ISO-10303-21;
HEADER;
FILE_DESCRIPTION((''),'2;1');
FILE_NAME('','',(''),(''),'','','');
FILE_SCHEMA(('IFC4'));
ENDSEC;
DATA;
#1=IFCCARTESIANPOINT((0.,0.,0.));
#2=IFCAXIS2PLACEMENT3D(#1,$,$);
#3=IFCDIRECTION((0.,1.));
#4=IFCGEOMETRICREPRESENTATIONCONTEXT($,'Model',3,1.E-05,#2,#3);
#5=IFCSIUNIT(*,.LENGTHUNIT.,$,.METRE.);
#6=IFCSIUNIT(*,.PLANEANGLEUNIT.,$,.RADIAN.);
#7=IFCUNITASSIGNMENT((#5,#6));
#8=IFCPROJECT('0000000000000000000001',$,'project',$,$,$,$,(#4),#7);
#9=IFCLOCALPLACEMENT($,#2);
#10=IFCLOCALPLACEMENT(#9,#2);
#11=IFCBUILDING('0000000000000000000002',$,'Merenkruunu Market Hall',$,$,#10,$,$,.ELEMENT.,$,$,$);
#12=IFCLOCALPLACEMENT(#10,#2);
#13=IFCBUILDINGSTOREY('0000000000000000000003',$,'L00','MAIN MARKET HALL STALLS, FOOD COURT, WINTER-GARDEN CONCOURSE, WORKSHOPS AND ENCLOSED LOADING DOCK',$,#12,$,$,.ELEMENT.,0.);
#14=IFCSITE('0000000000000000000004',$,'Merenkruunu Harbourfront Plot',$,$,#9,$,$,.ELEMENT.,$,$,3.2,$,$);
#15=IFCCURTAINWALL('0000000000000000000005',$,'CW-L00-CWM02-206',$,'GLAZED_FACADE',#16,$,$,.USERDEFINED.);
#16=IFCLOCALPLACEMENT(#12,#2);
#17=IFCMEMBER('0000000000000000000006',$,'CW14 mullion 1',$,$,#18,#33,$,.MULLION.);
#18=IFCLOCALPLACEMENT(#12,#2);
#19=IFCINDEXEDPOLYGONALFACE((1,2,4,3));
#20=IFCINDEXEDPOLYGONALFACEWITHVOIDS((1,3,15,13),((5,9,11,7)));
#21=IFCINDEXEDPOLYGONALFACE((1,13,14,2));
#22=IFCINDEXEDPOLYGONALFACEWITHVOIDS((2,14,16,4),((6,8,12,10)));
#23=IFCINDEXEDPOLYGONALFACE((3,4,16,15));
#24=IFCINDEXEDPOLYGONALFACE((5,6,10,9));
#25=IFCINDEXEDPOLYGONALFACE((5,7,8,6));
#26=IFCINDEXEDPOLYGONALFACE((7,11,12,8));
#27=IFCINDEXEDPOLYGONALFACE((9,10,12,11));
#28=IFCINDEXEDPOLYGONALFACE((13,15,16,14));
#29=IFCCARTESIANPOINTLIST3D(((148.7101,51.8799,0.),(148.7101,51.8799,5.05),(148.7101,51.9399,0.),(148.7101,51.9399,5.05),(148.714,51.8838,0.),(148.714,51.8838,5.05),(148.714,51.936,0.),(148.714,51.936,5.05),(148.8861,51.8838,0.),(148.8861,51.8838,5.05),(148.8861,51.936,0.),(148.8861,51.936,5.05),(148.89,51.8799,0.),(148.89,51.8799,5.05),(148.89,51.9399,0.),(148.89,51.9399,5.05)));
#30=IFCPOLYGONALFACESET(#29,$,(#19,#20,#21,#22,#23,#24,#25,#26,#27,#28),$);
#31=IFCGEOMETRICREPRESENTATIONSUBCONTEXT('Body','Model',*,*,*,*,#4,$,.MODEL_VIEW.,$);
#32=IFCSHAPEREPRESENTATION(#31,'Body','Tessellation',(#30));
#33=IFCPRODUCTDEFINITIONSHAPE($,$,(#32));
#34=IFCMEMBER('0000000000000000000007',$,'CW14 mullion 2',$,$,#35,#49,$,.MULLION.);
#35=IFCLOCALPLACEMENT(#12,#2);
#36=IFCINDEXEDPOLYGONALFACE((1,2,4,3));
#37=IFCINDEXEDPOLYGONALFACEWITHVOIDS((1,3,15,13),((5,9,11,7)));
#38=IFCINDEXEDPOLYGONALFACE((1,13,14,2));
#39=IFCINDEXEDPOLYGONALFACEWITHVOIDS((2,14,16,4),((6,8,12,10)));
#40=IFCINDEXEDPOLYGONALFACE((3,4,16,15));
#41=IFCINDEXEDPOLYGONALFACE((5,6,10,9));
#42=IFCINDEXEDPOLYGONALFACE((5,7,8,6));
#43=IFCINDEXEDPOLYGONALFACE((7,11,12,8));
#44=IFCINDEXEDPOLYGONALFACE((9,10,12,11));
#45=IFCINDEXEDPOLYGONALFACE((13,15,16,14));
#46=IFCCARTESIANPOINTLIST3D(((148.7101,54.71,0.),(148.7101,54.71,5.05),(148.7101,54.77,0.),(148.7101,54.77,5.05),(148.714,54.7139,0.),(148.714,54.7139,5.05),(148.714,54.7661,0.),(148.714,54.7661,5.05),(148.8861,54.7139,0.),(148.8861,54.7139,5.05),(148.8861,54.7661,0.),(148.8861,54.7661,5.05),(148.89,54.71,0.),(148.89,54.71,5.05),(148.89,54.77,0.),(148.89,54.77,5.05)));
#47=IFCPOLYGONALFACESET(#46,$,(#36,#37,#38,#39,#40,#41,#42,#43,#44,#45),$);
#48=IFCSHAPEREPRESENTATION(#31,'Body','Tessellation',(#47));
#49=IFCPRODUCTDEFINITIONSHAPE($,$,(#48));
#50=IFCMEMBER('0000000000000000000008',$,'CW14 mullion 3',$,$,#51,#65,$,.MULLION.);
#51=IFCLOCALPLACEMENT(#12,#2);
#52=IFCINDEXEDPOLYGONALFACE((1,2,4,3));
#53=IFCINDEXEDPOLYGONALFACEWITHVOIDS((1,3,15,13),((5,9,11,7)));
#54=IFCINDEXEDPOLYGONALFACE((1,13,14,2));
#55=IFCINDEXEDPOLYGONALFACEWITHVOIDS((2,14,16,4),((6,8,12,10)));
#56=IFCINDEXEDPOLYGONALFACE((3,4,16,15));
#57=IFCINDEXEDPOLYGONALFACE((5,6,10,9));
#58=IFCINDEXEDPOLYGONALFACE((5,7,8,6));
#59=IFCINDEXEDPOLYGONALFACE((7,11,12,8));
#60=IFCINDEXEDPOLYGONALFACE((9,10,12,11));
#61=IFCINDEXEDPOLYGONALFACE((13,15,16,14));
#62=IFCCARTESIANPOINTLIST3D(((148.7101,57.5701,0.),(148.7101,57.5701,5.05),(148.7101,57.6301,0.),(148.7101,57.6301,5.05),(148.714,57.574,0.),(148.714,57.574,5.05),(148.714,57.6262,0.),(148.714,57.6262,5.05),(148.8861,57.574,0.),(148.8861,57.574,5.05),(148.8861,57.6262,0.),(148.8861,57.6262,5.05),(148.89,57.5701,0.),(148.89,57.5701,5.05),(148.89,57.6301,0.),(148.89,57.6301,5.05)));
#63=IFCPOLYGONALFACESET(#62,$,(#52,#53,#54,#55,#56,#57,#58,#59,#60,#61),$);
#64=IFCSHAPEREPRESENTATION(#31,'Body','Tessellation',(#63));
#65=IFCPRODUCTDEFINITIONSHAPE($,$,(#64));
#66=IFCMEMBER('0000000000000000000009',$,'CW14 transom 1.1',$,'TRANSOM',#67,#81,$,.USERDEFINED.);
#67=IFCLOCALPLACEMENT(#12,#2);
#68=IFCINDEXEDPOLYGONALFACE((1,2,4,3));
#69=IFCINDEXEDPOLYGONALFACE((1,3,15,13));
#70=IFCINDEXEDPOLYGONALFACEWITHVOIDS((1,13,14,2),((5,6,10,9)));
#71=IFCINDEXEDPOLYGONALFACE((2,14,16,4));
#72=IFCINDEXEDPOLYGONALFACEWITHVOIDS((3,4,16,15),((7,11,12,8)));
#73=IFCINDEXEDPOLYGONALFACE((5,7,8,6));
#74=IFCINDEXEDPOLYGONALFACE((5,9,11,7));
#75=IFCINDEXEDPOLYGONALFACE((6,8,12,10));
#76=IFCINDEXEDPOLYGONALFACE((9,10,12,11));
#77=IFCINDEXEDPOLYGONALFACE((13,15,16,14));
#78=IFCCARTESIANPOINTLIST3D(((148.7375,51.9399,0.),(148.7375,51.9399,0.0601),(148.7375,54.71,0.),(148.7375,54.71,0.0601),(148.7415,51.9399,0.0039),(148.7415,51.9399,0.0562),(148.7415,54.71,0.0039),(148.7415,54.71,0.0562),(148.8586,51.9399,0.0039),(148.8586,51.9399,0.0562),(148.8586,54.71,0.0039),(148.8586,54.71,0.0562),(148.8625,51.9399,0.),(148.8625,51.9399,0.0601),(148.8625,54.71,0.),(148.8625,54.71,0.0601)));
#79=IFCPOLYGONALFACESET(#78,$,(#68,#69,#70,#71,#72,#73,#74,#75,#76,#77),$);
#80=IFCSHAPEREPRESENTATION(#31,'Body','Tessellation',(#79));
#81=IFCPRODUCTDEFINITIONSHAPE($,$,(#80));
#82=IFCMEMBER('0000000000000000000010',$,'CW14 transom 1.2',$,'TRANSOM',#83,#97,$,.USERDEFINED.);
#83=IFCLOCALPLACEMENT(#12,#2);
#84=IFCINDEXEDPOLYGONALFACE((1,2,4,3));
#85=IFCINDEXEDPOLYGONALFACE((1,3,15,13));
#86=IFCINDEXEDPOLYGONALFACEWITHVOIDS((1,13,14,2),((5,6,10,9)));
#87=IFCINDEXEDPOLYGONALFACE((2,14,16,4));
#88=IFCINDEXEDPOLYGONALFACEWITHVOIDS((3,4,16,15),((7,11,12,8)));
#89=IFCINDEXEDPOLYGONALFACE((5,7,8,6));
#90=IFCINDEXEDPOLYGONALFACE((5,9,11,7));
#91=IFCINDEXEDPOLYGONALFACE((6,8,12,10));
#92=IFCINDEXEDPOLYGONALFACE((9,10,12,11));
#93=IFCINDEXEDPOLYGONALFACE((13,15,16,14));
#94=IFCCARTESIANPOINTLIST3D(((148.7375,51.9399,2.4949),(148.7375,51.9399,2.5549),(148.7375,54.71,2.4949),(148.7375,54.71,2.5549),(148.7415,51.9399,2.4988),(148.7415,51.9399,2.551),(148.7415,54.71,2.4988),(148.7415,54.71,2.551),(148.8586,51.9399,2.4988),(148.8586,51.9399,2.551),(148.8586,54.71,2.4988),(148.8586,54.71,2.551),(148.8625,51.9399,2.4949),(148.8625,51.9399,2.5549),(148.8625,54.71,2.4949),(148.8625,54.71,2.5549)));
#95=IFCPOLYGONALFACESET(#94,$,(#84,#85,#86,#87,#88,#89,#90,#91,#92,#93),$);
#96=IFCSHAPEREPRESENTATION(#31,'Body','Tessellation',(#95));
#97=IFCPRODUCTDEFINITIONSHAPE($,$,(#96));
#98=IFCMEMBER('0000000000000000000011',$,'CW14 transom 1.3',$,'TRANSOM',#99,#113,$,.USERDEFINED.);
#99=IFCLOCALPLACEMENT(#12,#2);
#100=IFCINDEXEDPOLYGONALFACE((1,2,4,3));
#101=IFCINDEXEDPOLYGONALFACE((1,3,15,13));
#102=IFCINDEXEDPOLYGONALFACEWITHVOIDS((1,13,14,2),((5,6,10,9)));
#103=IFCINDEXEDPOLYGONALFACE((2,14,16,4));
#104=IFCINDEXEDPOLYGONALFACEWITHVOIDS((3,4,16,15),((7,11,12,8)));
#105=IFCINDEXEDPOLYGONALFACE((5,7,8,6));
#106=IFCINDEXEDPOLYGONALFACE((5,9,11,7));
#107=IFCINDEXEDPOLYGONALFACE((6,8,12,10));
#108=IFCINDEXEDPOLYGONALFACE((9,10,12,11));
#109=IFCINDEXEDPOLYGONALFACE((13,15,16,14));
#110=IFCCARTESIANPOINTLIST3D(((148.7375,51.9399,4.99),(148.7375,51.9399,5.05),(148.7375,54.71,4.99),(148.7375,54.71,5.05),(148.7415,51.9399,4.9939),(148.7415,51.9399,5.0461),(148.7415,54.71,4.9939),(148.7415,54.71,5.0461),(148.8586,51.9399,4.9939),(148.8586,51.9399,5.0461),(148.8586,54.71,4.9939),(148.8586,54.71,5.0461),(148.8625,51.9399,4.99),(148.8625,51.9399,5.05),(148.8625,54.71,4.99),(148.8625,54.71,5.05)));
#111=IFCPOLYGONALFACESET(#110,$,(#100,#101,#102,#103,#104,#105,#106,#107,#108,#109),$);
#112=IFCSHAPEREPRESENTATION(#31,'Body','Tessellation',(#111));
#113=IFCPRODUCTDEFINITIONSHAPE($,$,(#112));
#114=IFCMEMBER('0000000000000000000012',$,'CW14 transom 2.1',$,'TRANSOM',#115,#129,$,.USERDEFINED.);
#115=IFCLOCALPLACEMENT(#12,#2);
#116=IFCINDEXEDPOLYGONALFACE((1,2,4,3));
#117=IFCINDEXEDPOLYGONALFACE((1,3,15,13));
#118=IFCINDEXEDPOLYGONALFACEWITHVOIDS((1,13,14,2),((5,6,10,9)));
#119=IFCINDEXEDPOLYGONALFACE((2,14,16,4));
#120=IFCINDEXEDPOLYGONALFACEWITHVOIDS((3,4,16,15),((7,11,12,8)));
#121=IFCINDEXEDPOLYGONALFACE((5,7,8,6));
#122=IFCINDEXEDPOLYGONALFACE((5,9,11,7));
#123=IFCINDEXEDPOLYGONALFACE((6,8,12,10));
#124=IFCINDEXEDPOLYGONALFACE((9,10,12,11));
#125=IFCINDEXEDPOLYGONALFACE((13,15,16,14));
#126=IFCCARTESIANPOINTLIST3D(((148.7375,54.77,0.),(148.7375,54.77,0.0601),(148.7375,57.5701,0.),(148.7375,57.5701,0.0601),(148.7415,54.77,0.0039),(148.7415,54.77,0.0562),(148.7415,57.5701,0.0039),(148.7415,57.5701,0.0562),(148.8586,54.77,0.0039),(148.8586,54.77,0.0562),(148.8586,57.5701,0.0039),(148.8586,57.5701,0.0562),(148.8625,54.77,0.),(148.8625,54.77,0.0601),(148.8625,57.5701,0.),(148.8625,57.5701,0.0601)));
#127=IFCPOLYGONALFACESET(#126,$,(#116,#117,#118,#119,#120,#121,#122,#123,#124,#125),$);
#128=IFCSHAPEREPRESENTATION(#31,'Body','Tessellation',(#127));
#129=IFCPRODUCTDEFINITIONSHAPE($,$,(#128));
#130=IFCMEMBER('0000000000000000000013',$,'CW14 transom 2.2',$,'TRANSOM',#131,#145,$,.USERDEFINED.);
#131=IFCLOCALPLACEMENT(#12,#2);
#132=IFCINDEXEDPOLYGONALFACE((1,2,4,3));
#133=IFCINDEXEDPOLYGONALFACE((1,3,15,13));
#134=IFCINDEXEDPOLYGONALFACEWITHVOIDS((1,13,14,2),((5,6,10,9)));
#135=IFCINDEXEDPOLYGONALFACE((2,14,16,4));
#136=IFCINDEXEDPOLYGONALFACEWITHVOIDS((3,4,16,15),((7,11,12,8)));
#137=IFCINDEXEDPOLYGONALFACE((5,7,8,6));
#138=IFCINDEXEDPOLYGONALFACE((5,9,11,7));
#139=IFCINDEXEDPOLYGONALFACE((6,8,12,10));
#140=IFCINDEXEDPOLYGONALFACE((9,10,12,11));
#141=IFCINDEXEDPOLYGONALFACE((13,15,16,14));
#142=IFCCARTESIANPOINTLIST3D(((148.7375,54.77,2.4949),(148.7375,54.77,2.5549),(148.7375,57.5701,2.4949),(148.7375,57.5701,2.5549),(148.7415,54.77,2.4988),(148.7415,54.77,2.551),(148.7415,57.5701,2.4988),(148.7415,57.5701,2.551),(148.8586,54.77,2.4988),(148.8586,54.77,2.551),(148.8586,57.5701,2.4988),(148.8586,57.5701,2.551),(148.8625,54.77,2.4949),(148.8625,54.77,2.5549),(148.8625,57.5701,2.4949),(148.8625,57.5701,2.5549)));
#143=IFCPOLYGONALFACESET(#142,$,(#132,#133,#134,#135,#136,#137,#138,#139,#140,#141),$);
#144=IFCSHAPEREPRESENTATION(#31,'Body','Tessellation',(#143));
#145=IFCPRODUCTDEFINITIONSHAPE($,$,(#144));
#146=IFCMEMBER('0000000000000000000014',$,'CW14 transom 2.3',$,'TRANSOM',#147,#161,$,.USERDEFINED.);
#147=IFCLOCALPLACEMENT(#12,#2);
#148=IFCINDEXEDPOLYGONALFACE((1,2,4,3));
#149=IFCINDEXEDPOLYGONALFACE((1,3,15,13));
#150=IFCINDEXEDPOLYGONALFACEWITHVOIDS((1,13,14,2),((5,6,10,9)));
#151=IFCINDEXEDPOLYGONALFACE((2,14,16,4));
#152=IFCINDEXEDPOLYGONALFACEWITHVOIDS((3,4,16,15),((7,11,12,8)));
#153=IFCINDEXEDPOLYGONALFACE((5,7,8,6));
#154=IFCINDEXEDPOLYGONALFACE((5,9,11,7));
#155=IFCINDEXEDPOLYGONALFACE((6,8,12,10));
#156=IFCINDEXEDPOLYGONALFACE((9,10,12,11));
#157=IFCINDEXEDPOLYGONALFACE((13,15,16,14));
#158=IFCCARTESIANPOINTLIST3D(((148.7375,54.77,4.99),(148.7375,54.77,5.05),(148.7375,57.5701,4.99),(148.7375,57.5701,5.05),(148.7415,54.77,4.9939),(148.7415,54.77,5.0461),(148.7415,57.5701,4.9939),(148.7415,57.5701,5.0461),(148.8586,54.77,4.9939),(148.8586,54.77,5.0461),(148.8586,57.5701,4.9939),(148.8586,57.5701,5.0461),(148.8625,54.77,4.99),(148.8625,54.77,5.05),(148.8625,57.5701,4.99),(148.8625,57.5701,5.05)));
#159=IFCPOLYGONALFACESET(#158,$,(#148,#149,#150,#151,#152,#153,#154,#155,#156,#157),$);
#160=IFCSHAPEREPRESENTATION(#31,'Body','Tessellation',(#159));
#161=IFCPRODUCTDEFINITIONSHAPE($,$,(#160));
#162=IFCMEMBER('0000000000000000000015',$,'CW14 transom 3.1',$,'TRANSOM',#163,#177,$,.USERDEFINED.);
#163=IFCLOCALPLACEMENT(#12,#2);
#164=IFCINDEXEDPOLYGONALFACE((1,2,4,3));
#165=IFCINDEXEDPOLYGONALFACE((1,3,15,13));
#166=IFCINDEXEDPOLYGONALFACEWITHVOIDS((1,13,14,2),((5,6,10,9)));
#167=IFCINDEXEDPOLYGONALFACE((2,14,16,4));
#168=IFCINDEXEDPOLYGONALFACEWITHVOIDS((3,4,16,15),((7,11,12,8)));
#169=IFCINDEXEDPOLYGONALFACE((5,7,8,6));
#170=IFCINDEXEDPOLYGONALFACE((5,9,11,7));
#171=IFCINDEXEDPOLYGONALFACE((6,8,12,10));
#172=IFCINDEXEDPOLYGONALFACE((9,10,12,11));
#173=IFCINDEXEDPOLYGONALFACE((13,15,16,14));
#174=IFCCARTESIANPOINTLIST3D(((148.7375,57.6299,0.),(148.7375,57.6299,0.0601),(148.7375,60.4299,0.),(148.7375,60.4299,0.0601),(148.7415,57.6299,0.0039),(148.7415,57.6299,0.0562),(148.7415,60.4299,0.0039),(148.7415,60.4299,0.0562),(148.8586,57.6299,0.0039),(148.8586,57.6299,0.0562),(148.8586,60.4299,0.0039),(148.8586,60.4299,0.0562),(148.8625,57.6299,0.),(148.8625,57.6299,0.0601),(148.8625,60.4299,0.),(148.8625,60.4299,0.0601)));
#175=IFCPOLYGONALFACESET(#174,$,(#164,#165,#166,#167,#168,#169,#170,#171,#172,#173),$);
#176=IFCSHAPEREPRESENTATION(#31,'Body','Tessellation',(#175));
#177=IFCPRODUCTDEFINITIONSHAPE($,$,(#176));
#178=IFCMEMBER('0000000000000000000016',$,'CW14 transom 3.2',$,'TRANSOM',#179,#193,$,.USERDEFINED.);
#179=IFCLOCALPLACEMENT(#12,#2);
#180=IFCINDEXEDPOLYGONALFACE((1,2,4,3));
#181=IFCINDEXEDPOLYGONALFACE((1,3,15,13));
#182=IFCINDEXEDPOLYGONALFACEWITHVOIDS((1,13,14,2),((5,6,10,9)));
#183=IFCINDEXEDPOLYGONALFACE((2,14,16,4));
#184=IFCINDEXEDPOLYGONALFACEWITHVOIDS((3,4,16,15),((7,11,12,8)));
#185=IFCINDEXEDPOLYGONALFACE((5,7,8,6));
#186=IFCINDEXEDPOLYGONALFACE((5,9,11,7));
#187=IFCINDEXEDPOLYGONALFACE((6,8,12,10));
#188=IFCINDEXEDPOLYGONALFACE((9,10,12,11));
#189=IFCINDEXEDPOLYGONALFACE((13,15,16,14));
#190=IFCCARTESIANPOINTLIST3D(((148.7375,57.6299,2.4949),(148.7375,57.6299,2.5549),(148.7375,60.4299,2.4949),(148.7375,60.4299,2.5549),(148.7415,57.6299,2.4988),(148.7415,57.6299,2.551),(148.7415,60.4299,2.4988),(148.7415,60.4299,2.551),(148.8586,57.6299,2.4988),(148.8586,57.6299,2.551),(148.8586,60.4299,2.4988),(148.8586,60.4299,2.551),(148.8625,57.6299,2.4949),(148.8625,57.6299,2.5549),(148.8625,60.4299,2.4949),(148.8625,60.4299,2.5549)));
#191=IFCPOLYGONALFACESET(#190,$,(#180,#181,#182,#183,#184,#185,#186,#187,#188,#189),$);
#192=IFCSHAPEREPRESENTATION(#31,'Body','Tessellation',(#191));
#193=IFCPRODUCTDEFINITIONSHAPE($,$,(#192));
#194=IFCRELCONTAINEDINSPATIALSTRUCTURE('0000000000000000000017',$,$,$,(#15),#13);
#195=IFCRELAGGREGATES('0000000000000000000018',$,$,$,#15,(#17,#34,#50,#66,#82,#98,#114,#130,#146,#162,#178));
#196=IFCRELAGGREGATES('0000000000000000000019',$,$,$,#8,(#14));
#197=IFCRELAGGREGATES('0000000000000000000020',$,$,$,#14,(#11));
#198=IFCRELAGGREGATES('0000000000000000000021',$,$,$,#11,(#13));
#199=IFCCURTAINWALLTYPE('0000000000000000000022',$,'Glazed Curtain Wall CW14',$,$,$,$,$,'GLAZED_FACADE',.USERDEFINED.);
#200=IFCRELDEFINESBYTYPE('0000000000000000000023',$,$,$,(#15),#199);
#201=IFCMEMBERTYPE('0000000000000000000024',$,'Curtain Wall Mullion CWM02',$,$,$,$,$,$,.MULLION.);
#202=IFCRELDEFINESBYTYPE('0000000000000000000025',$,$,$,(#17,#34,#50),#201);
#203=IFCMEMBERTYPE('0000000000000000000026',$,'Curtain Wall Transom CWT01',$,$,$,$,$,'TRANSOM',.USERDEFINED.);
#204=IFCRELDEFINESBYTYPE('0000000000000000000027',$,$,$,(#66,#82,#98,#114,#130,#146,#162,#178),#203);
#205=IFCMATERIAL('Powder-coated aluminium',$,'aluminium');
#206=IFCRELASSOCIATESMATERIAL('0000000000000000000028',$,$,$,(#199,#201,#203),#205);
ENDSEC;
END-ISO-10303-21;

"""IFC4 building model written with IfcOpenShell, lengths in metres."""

from ifc_helpers import new_model, si_unit, direction, frame, origin, origin_2d, place, context, subcontext, project, spatial, hollow_rectangle, extrude, material, material_profile, profile_set, type_object, element, aggregate, save


model = new_model("IFC4")

# Units and contexts
model_context = context("Model", 3, precision=1e-05, world=origin(), true_north=direction((0.0, 1.0)))
body_context = subcontext(model_context, "Body", "Model", "MODEL_VIEW")
ifc_project = project(units=[si_unit("LENGTHUNIT", "METRE"), si_unit("PLANEANGLEUNIT", "RADIAN")], contexts=[model_context])

# Site, building, storey
site_placement = place(None, origin())
site = spatial("IfcSite", under=ifc_project, at=site_placement, Name="Merenkruunu Harbourfront Plot", CompositionType="ELEMENT", RefElevation=3.2)
building_placement = place(site_placement, origin())
building = spatial("IfcBuilding", under=site, at=building_placement, Name="Merenkruunu Market Hall", CompositionType="ELEMENT")
storey_placement = place(building_placement, origin())
storey = spatial("IfcBuildingStorey", under=building, at=storey_placement, Name="L00", Description="MAIN MARKET HALL STALLS, FOOD COURT, WINTER-GARDEN CONCOURSE, WORKSHOPS AND ENCLOSED LOADING DOCK", CompositionType="ELEMENT", Elevation=0.0)

# Curtain wall, members
ifc_material_1 = material(Name="Powder-coated aluminium", Category="aluminium")
curtain_wall_type = type_object("IfcCurtainWallType", Name="Glazed Curtain Wall CW14", ElementType="GLAZED_FACADE", PredefinedType="USERDEFINED", material=ifc_material_1)
curtain_wall_placement = place(storey_placement, origin())
curtain_wall = element("IfcCurtainWall", 1, at=curtain_wall_placement, inside=storey, type_object=curtain_wall_type, Name="CW-L00-CWM02-206", ObjectType="GLAZED_FACADE", PredefinedType="USERDEFINED")
ifc_material_profile_1 = material_profile(ifc_material_1, hollow_rectangle(XDim=0.0601, YDim=0.1799, WallThickness=0.0039, at=origin_2d()), Name="ALU 60x180x4")
ifc_profile_set_1 = profile_set([ifc_material_profile_1], Name="Powder-coated aluminium")
member_type_1 = type_object("IfcMemberType", Name="Curtain Wall Mullion CWM02", PredefinedType="MULLION", material=ifc_profile_set_1)
member_1_placement = place(storey_placement, frame((148.8, 51.9099, 0.0), z_axis=(0.0, 0.0, 1.0), x_axis=(0.0, 1.0, 0.0)))
member_1 = element("IfcMember", 2, at=member_1_placement, type_object=member_type_1, Name="CW14 mullion 1", PredefinedType="MULLION", context=body_context, shape_type="SweptSolid", body=[
    extrude(hollow_rectangle(XDim=0.0601, YDim=0.1799, WallThickness=0.0039, at=origin_2d()), origin(), (0.0, 0.0, 1.0), 5.05),
])
member_2_placement = place(storey_placement, frame((148.8, 54.74, 0.0), z_axis=(0.0, 0.0, 1.0), x_axis=(0.0, 1.0, 0.0)))
member_2 = element("IfcMember", 3, at=member_2_placement, type_object=member_type_1, Name="CW14 mullion 2", PredefinedType="MULLION", context=body_context, shape_type="SweptSolid", body=[
    extrude(hollow_rectangle(XDim=0.0601, YDim=0.1799, WallThickness=0.0039, at=origin_2d()), origin(), (0.0, 0.0, 1.0), 5.05),
])
member_3_placement = place(storey_placement, frame((148.8, 57.6001, 0.0), z_axis=(0.0, 0.0, 1.0), x_axis=(0.0, 1.0, 0.0)))
member_3 = element("IfcMember", 4, at=member_3_placement, type_object=member_type_1, Name="CW14 mullion 3", PredefinedType="MULLION", context=body_context, shape_type="SweptSolid", body=[
    extrude(hollow_rectangle(XDim=0.0601, YDim=0.1799, WallThickness=0.0039, at=origin_2d()), origin(), (0.0, 0.0, 1.0), 5.05),
])
ifc_material_profile_2 = material_profile(ifc_material_1, hollow_rectangle(XDim=0.0601, YDim=0.125, WallThickness=0.0039, at=origin_2d()), Name="ALU 60x125x4")
ifc_profile_set_2 = profile_set([ifc_material_profile_2], Name="Powder-coated aluminium")
member_type_2 = type_object("IfcMemberType", Name="Curtain Wall Transom CWT01", ElementType="TRANSOM", PredefinedType="USERDEFINED", material=ifc_profile_set_2)
member_4_placement = place(storey_placement, frame((148.8, 51.9399, 0.03), z_axis=(0.0, 1.0, 0.0), x_axis=(0.0, 0.0, 1.0)))
member_4 = element("IfcMember", 5, at=member_4_placement, type_object=member_type_2, Name="CW14 transom 1.1", ObjectType="TRANSOM", PredefinedType="USERDEFINED", context=body_context, shape_type="SweptSolid", body=[
    extrude(hollow_rectangle(XDim=0.0601, YDim=0.125, WallThickness=0.0039, at=origin_2d()), origin(), (0.0, 0.0, 1.0), 2.77),
])
member_5_placement = place(storey_placement, frame((148.8, 51.9399, 2.5249), z_axis=(0.0, 1.0, 0.0), x_axis=(0.0, 0.0, 1.0)))
member_5 = element("IfcMember", 6, at=member_5_placement, type_object=member_type_2, Name="CW14 transom 1.2", ObjectType="TRANSOM", PredefinedType="USERDEFINED", context=body_context, shape_type="SweptSolid", body=[
    extrude(hollow_rectangle(XDim=0.0601, YDim=0.125, WallThickness=0.0039, at=origin_2d()), origin(), (0.0, 0.0, 1.0), 2.77),
])
member_6_placement = place(storey_placement, frame((148.8, 51.9399, 5.02), z_axis=(0.0, 1.0, 0.0), x_axis=(0.0, 0.0, 1.0)))
member_6 = element("IfcMember", 7, at=member_6_placement, type_object=member_type_2, Name="CW14 transom 1.3", ObjectType="TRANSOM", PredefinedType="USERDEFINED", context=body_context, shape_type="SweptSolid", body=[
    extrude(hollow_rectangle(XDim=0.0601, YDim=0.125, WallThickness=0.0039, at=origin_2d()), origin(), (0.0, 0.0, 1.0), 2.77),
])
member_7_placement = place(storey_placement, frame((148.8, 54.77, 0.03), z_axis=(0.0, 1.0, 0.0), x_axis=(0.0, 0.0, 1.0)))
member_7 = element("IfcMember", 8, at=member_7_placement, type_object=member_type_2, Name="CW14 transom 2.1", ObjectType="TRANSOM", PredefinedType="USERDEFINED", context=body_context, shape_type="SweptSolid", body=[
    extrude(hollow_rectangle(XDim=0.0601, YDim=0.125, WallThickness=0.0039, at=origin_2d()), origin(), (0.0, 0.0, 1.0), 2.8),
])
member_8_placement = place(storey_placement, frame((148.8, 54.77, 2.5249), z_axis=(0.0, 1.0, 0.0), x_axis=(0.0, 0.0, 1.0)))
member_8 = element("IfcMember", 9, at=member_8_placement, type_object=member_type_2, Name="CW14 transom 2.2", ObjectType="TRANSOM", PredefinedType="USERDEFINED", context=body_context, shape_type="SweptSolid", body=[
    extrude(hollow_rectangle(XDim=0.0601, YDim=0.125, WallThickness=0.0039, at=origin_2d()), origin(), (0.0, 0.0, 1.0), 2.8),
])
member_9_placement = place(storey_placement, frame((148.8, 54.77, 5.02), z_axis=(0.0, 1.0, 0.0), x_axis=(0.0, 0.0, 1.0)))
member_9 = element("IfcMember", 10, at=member_9_placement, type_object=member_type_2, Name="CW14 transom 2.3", ObjectType="TRANSOM", PredefinedType="USERDEFINED", context=body_context, shape_type="SweptSolid", body=[
    extrude(hollow_rectangle(XDim=0.0601, YDim=0.125, WallThickness=0.0039, at=origin_2d()), origin(), (0.0, 0.0, 1.0), 2.8),
])
member_10_placement = place(storey_placement, frame((148.8, 57.6299, 0.03), z_axis=(0.0, 1.0, 0.0), x_axis=(0.0, 0.0, 1.0)))
member_10 = element("IfcMember", 11, at=member_10_placement, type_object=member_type_2, Name="CW14 transom 3.1", ObjectType="TRANSOM", PredefinedType="USERDEFINED", context=body_context, shape_type="SweptSolid", body=[
    extrude(hollow_rectangle(XDim=0.0601, YDim=0.125, WallThickness=0.0039, at=origin_2d()), origin(), (0.0, 0.0, 1.0), 2.8),
])
member_11_placement = place(storey_placement, frame((148.8, 57.6299, 2.5249), z_axis=(0.0, 1.0, 0.0), x_axis=(0.0, 0.0, 1.0)))
member_11 = element("IfcMember", 12, at=member_11_placement, type_object=member_type_2, Name="CW14 transom 3.2", ObjectType="TRANSOM", PredefinedType="USERDEFINED", context=body_context, shape_type="SweptSolid", body=[
    extrude(hollow_rectangle(XDim=0.0601, YDim=0.125, WallThickness=0.0039, at=origin_2d()), origin(), (0.0, 0.0, 1.0), 2.8),
])
aggregate(curtain_wall, [member_1, member_2, member_3, member_4, member_5, member_6, member_7, member_8, member_9, member_10, member_11])

save(model, "model.ifc")
